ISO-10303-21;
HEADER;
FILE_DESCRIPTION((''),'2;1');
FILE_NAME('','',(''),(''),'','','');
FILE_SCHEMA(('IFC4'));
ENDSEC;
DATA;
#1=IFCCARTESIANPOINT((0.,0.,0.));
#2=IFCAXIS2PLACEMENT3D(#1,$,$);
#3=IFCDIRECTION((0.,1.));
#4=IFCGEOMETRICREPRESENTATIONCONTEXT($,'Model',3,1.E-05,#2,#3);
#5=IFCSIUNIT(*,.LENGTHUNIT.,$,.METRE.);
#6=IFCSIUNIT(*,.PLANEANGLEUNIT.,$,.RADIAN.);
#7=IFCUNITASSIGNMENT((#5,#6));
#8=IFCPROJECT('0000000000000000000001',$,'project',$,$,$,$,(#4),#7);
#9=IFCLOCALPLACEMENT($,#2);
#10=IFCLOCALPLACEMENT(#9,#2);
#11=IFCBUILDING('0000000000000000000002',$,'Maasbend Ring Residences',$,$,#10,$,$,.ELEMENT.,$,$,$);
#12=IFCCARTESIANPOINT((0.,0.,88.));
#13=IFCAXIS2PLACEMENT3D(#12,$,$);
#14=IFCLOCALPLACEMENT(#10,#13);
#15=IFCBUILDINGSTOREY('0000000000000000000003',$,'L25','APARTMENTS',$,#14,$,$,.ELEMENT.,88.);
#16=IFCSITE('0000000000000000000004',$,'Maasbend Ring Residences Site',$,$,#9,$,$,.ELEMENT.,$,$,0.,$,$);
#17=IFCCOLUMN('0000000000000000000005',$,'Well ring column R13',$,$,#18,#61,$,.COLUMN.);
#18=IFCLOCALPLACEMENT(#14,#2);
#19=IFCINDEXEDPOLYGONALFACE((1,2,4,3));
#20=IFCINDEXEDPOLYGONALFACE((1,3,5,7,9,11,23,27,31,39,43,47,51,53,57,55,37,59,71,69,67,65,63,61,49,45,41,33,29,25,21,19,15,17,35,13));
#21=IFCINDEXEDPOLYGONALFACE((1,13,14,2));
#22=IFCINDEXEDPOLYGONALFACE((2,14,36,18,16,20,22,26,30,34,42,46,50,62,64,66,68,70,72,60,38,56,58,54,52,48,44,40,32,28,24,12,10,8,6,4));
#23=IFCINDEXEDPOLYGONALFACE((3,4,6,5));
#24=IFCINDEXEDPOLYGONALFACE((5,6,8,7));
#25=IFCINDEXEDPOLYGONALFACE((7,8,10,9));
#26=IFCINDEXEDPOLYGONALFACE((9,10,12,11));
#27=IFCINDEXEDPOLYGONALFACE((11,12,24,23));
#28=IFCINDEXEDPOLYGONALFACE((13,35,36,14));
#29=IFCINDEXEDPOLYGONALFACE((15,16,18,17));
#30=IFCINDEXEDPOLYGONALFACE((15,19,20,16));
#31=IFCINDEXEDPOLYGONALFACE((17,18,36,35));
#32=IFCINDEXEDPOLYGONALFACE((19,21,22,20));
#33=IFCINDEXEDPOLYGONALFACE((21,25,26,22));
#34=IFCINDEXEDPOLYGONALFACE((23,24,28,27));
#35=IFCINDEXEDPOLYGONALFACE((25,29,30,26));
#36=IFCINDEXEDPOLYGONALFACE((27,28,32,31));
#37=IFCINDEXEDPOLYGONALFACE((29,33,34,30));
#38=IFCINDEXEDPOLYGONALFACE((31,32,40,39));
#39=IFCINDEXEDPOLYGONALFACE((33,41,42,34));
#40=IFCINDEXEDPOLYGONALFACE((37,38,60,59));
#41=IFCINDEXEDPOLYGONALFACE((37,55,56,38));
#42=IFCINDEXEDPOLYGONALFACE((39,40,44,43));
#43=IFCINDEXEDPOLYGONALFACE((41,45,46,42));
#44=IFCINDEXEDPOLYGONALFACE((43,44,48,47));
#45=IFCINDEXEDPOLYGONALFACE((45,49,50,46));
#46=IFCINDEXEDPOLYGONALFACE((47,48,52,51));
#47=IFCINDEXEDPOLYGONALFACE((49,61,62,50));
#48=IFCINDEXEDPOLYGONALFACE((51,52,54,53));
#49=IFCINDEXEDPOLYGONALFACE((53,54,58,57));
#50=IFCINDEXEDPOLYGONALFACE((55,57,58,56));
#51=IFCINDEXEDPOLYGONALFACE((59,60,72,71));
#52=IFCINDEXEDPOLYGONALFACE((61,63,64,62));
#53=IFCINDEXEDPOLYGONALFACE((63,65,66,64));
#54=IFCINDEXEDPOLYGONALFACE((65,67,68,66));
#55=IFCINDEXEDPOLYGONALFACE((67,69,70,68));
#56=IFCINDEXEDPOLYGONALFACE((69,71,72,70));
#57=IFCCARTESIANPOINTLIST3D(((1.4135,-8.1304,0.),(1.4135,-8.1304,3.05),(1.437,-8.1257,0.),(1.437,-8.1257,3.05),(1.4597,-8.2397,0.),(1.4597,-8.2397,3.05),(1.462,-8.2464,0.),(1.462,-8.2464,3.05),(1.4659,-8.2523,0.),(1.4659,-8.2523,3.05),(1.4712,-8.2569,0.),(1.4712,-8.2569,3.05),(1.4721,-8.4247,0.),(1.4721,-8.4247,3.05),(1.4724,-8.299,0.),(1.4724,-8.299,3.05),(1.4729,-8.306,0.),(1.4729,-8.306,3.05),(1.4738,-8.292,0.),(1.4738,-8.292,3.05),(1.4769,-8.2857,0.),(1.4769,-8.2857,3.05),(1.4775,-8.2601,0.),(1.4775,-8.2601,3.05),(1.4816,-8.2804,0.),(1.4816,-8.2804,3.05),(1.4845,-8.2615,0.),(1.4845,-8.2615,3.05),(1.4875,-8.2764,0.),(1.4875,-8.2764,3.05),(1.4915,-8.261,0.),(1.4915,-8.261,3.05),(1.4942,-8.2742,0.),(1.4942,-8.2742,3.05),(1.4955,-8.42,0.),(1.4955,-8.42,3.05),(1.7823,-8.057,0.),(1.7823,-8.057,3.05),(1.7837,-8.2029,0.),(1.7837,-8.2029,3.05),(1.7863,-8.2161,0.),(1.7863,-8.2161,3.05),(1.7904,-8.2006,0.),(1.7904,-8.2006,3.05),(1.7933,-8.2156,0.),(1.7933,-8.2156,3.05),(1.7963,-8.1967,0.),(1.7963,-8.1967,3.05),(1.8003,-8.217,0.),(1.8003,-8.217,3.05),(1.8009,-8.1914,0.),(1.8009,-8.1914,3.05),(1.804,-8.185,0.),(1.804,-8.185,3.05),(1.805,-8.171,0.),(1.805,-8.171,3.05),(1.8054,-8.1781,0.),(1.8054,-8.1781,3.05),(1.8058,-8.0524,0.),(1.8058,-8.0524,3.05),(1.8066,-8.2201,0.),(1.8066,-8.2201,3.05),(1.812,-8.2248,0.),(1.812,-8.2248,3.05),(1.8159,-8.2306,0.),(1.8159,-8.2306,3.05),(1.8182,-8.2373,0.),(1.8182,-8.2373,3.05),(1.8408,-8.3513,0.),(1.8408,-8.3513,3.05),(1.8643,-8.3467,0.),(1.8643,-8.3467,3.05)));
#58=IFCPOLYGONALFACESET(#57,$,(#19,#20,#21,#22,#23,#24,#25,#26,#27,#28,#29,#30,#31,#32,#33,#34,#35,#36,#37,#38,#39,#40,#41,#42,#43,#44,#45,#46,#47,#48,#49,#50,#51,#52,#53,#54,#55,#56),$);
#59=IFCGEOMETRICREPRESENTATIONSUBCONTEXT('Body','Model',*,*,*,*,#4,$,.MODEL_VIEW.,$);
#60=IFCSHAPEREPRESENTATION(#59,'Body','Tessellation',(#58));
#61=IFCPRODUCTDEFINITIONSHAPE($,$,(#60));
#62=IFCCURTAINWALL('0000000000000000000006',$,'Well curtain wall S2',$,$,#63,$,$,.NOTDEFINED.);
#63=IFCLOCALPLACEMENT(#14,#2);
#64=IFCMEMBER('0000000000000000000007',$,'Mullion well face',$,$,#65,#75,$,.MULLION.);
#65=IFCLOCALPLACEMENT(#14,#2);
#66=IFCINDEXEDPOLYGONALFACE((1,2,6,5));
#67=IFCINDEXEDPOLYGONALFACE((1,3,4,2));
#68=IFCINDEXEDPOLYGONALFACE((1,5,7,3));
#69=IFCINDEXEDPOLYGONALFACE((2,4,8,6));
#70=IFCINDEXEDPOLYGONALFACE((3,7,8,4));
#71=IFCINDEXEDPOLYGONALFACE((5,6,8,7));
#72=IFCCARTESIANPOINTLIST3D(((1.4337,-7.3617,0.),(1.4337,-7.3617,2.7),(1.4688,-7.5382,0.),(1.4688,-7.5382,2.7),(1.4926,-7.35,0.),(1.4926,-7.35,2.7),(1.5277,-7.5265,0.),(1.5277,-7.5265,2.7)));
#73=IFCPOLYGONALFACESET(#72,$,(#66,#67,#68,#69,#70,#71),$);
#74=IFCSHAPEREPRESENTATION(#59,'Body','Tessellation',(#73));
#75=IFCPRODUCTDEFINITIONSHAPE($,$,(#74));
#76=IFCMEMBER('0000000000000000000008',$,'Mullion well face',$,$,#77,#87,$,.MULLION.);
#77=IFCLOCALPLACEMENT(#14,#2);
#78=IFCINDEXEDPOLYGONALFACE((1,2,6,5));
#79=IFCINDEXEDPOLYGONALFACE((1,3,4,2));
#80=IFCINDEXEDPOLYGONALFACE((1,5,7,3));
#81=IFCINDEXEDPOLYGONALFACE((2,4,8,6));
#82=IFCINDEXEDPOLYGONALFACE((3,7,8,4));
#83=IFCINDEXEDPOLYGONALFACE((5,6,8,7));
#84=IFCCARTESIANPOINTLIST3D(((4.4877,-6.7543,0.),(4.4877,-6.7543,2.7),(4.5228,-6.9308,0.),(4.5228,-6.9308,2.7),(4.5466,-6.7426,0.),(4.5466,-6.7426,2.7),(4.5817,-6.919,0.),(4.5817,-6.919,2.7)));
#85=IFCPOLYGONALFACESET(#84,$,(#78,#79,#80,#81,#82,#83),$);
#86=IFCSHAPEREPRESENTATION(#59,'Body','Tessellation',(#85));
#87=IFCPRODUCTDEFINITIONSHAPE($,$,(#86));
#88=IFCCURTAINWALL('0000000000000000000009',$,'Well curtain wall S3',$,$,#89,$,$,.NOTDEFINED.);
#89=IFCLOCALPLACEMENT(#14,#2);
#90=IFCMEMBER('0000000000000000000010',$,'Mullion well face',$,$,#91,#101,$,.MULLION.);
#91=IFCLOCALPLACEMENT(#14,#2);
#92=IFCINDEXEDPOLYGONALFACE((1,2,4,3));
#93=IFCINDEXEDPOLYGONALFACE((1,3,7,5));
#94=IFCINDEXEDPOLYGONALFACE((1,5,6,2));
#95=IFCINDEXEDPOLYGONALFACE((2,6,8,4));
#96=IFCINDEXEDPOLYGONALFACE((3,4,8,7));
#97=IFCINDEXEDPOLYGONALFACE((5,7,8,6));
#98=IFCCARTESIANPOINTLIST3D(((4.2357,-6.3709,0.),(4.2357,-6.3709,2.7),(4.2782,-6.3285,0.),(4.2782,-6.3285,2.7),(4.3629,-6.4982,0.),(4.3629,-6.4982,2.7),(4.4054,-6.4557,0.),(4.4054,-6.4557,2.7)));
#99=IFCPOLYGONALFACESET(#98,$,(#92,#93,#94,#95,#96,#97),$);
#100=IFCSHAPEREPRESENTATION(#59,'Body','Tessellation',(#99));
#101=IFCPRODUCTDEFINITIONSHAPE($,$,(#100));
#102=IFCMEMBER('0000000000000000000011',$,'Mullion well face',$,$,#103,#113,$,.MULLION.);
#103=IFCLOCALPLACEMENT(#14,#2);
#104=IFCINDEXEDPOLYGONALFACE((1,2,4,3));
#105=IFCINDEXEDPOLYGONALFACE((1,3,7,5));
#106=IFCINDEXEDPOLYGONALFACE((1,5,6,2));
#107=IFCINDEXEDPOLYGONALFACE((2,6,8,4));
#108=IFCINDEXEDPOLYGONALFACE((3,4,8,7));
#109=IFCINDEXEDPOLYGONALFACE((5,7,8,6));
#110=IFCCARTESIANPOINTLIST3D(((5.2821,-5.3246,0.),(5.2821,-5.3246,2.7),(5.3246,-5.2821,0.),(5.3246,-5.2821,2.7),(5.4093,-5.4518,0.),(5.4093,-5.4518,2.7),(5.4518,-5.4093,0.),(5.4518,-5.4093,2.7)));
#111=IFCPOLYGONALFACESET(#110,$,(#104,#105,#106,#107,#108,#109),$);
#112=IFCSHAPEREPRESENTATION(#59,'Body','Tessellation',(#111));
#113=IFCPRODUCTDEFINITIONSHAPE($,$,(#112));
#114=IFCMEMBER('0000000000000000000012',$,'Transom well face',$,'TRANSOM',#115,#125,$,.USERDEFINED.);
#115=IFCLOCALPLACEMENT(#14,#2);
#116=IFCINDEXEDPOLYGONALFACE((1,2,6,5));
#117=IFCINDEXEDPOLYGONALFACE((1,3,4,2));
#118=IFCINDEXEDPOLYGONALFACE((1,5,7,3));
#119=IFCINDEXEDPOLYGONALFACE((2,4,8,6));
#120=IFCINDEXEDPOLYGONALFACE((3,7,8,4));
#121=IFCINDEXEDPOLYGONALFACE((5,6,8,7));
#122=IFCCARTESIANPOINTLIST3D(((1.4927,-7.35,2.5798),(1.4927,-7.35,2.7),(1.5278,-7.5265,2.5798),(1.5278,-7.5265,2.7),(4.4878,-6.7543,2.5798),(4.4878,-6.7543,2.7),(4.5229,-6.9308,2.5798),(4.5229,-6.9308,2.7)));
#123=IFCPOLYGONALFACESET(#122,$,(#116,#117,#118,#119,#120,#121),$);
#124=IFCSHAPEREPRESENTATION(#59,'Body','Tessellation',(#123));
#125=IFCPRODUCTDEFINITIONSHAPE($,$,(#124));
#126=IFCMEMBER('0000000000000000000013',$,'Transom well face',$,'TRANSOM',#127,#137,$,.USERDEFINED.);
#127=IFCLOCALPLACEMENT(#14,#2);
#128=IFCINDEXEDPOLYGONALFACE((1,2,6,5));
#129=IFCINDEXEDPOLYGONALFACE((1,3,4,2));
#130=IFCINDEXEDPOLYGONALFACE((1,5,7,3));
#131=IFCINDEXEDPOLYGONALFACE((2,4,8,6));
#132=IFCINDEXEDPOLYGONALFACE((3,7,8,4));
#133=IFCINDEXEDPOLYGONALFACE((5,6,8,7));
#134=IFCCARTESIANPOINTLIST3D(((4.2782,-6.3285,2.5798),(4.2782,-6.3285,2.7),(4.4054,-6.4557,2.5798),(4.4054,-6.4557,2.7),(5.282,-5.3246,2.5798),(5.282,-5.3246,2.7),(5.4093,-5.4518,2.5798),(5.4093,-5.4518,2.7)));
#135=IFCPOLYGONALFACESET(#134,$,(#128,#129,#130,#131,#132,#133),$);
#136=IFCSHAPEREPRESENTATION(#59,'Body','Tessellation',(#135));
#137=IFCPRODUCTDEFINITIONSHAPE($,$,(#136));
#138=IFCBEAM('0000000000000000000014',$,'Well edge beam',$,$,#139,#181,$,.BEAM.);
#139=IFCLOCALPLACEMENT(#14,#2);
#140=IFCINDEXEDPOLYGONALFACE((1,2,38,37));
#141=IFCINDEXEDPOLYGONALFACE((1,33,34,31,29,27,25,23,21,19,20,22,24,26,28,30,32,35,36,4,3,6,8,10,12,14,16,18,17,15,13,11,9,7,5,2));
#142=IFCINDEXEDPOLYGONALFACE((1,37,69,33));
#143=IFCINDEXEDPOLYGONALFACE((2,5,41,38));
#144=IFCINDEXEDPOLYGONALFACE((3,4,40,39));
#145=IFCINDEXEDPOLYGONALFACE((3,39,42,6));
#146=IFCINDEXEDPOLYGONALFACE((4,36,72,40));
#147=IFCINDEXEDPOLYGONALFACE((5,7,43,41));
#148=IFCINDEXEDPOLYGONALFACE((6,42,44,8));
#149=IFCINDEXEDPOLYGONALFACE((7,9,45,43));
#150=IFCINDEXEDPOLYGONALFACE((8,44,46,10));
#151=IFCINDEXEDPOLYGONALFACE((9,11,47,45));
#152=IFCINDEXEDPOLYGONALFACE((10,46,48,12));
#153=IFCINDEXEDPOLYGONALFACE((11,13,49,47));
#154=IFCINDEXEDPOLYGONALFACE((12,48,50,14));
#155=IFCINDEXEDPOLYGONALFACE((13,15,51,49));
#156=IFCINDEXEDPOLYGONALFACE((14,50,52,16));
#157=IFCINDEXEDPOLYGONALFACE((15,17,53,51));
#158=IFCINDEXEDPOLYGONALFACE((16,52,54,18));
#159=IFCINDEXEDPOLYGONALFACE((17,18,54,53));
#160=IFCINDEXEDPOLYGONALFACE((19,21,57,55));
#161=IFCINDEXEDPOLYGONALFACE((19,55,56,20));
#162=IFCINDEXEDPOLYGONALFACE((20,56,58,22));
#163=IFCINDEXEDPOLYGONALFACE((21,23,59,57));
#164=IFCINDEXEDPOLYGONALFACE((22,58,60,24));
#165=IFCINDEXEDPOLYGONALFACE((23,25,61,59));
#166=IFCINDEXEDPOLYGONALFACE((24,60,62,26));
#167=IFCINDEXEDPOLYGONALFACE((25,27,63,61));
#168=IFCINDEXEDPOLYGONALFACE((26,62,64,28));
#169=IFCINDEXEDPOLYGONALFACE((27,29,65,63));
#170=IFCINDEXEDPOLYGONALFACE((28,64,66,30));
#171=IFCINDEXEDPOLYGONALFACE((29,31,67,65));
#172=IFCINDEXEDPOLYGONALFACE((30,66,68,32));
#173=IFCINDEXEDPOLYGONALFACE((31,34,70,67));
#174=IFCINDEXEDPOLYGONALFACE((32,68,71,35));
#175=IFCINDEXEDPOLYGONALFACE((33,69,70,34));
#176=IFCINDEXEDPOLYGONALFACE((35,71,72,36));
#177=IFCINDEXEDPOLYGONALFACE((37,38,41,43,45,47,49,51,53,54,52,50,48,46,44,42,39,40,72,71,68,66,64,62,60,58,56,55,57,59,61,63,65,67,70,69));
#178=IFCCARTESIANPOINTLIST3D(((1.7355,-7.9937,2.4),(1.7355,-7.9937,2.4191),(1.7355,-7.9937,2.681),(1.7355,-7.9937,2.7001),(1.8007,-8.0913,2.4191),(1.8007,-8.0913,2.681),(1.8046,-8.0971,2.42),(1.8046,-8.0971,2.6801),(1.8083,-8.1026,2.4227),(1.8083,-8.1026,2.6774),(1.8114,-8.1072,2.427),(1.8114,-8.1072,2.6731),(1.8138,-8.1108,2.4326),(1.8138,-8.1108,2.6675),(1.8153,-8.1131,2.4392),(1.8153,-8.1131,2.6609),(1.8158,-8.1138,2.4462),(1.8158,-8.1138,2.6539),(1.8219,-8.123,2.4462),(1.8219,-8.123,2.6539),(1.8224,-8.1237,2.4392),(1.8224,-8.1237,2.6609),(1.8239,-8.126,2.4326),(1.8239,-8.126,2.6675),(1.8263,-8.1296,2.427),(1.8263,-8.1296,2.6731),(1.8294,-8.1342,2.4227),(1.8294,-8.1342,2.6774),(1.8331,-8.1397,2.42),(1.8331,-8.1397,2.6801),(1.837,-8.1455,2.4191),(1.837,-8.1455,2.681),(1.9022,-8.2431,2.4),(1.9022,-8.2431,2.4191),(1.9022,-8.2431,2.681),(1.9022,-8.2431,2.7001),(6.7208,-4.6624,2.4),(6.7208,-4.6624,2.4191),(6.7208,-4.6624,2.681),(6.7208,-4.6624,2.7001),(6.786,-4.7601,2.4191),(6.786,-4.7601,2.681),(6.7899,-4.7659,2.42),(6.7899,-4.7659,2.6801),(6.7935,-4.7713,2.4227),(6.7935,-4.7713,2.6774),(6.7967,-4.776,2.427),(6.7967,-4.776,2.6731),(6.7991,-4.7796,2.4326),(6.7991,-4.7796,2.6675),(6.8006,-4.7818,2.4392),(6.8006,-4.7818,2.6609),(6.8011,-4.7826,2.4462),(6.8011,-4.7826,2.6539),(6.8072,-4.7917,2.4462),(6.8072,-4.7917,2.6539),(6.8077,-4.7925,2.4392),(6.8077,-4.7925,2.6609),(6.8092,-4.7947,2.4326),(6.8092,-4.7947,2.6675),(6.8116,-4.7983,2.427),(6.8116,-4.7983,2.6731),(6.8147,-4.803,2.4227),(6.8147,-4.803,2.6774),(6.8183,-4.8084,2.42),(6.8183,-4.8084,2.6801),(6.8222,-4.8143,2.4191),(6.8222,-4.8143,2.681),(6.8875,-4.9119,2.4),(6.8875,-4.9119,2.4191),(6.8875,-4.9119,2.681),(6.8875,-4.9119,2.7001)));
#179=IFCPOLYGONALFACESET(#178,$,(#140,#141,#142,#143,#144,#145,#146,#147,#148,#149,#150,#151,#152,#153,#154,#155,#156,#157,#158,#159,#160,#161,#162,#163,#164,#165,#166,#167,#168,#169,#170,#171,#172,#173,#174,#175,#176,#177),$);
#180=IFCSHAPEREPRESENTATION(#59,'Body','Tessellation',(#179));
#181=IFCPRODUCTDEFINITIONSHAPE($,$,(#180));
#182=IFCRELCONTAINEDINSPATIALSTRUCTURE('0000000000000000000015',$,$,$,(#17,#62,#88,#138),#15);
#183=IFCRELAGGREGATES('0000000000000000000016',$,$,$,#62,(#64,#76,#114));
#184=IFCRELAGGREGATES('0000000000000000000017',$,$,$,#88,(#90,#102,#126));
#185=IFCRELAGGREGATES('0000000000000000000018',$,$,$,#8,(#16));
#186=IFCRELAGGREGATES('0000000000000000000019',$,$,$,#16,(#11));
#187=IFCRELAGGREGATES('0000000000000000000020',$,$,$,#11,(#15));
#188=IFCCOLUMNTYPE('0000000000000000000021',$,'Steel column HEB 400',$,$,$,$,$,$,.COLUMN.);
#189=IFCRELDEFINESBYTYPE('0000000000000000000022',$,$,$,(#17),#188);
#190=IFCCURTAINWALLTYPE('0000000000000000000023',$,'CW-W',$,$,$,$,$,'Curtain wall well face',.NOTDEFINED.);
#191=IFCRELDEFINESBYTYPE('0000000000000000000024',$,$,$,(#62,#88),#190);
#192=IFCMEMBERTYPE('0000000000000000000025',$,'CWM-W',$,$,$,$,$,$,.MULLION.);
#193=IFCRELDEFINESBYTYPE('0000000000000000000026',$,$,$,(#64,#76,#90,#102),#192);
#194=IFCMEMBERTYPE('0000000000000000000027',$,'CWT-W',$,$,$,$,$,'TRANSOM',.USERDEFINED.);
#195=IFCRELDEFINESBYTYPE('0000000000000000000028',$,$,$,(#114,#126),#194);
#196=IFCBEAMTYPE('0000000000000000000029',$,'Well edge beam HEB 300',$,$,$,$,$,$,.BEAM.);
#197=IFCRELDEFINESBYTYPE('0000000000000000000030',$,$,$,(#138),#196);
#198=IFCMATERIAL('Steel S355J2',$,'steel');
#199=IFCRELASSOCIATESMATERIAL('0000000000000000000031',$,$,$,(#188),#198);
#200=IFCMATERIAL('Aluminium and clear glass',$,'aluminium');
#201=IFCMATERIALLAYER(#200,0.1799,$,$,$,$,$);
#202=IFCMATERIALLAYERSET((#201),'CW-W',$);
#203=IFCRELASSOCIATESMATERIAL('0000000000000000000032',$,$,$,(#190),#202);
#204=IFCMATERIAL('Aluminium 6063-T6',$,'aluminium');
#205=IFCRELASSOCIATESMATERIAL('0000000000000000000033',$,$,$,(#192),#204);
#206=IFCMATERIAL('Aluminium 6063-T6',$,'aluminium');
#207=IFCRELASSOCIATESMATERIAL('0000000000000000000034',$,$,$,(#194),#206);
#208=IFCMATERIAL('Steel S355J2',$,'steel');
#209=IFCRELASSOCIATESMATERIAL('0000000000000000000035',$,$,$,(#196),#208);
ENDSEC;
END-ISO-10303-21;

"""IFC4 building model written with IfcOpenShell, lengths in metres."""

from ifc_helpers import new_model, si_unit, direction, frame, origin, origin_2d, place, context, subcontext, project, spatial, rectangle, i_section, extrude, material, layer, layer_set, material_profile, profile_set, type_object, element, aggregate, save


model = new_model("IFC4")

# Units and contexts
model_context = context("Model", 3, precision=1e-05, world=origin(), true_north=direction((0.0, 1.0)))
body_context = subcontext(model_context, "Body", "Model", "MODEL_VIEW")
ifc_project = project(units=[si_unit("LENGTHUNIT", "METRE"), si_unit("PLANEANGLEUNIT", "RADIAN")], contexts=[model_context])

# Site, building, storey
site_placement = place(None, origin())
site = spatial("IfcSite", under=ifc_project, at=site_placement, Name="Maasbend Ring Residences Site", CompositionType="ELEMENT", RefElevation=0.0)
building_placement = place(site_placement, origin())
building = spatial("IfcBuilding", under=site, at=building_placement, Name="Maasbend Ring Residences", CompositionType="ELEMENT")
storey_placement = place(building_placement, frame((0.0, 0.0, 88.0)))
storey = spatial("IfcBuildingStorey", under=building, at=storey_placement, Name="L25", Description="APARTMENTS", CompositionType="ELEMENT", Elevation=88.0)

# Column
ifc_material_1 = material(Name="Steel S355J2", Category="steel")
ifc_material_profile_1 = material_profile(ifc_material_1, i_section(OverallWidth=0.3, OverallDepth=0.3999, WebThickness=0.0134, FlangeThickness=0.0239, FilletRadius=0.0271, at=origin_2d()), Name="HEB 400")
ifc_profile_set_1 = profile_set([ifc_material_profile_1], Name="Steel S355J2")
column_type = type_object("IfcColumnType", Name="Steel column HEB 400", PredefinedType="COLUMN", material=ifc_profile_set_1)
column_placement = place(storey_placement, frame((1.6389, -8.2385, 0.0), z_axis=(0.0, 0.0, 1.0), x_axis=(0.19509, -0.980785, 0.0)))
element("IfcColumn", 1, at=column_placement, inside=storey, type_object=column_type, Name="Well ring column R13", PredefinedType="COLUMN", context=body_context, shape_type="SweptSolid", body=[
    extrude(i_section(OverallWidth=0.3, OverallDepth=0.3999, WebThickness=0.0134, FlangeThickness=0.0239, FilletRadius=0.0271, at=origin_2d()), origin(), (0.0, 0.0, 1.0), 3.05),
])

# Curtain walls, members
ifc_material_2 = material(Name="Aluminium and clear glass", Category="aluminium")
ifc_layer_1 = layer(ifc_material_2, 0.1799)
ifc_layer_set_1 = layer_set([ifc_layer_1], Name="CW-W")
curtain_wall_type = type_object("IfcCurtainWallType", Name="CW-W", ElementType="Curtain wall well face", PredefinedType="NOTDEFINED", material=ifc_layer_set_1)
curtain_wall_1_placement = place(storey_placement, origin())
curtain_wall_1 = element("IfcCurtainWall", 2, at=curtain_wall_1_placement, inside=storey, type_object=curtain_wall_type, Name="Well curtain wall S2", PredefinedType="NOTDEFINED")
ifc_material_3 = material(Name="Aluminium 6063-T6", Category="aluminium")
ifc_material_profile_2 = material_profile(ifc_material_3, rectangle(XDim=0.1799, YDim=0.0601, at=origin_2d()), Name="AL 180x60")
ifc_profile_set_2 = profile_set([ifc_material_profile_2], Name="Aluminium 6063-T6")
member_type_1 = type_object("IfcMemberType", Name="CWM-W", PredefinedType="MULLION", material=ifc_profile_set_2)
member_1_placement = place(storey_placement, frame((1.4807, -7.4441, 0.0), z_axis=(0.0, 0.0, 1.0), x_axis=(-0.19509, 0.980785, 0.0)))
member_1 = element("IfcMember", 3, at=member_1_placement, type_object=member_type_1, Name="Mullion well face", PredefinedType="MULLION", context=body_context, shape_type="SweptSolid", body=[
    extrude(rectangle(XDim=0.1799, YDim=0.0601, at=origin_2d()), origin(), (0.0, 0.0, 1.0), 2.7),
])
member_2_placement = place(storey_placement, frame((4.5347, -6.8367, 0.0), z_axis=(0.0, 0.0, 1.0), x_axis=(-0.19509, 0.980785, 0.0)))
member_2 = element("IfcMember", 4, at=member_2_placement, type_object=member_type_1, Name="Mullion well face", PredefinedType="MULLION", context=body_context, shape_type="SweptSolid", body=[
    extrude(rectangle(XDim=0.1799, YDim=0.0601, at=origin_2d()), origin(), (0.0, 0.0, 1.0), 2.7),
])
curtain_wall_2_placement = place(storey_placement, origin())
curtain_wall_2 = element("IfcCurtainWall", 5, at=curtain_wall_2_placement, inside=storey, type_object=curtain_wall_type, Name="Well curtain wall S3", PredefinedType="NOTDEFINED")
member_3_placement = place(storey_placement, frame((4.3206, -6.4133, 0.0), z_axis=(0.0, 0.0, 1.0), x_axis=(-0.707107, 0.707107, 0.0)))
member_3 = element("IfcMember", 6, at=member_3_placement, type_object=member_type_1, Name="Mullion well face", PredefinedType="MULLION", context=body_context, shape_type="SweptSolid", body=[
    extrude(rectangle(XDim=0.1799, YDim=0.0601, at=origin_2d()), origin(), (0.0, 0.0, 1.0), 2.7),
])
member_4_placement = place(storey_placement, frame((5.3669, -5.3669, 0.0), z_axis=(0.0, 0.0, 1.0), x_axis=(-0.707107, 0.707107, 0.0)))
member_4 = element("IfcMember", 7, at=member_4_placement, type_object=member_type_1, Name="Mullion well face", PredefinedType="MULLION", context=body_context, shape_type="SweptSolid", body=[
    extrude(rectangle(XDim=0.1799, YDim=0.0601, at=origin_2d()), origin(), (0.0, 0.0, 1.0), 2.7),
])

# Members
ifc_material_4 = material(Name="Aluminium 6063-T6", Category="aluminium")
ifc_material_profile_3 = material_profile(ifc_material_4, rectangle(XDim=0.1799, YDim=0.1201, at=origin_2d()), Name="AL 180x120")
ifc_profile_set_3 = profile_set([ifc_material_profile_3], Name="Aluminium 6063-T6")
member_type_2 = type_object("IfcMemberType", Name="CWT-W", ElementType="TRANSOM", PredefinedType="USERDEFINED", material=ifc_profile_set_3)
member_5_placement = place(storey_placement, frame((1.5103, -7.4382, 2.6399), z_axis=(0.980789, 0.195071, 0.0), x_axis=(-0.195071, 0.980789, 0.0)))
member_5 = element("IfcMember", 8, at=member_5_placement, type_object=member_type_2, Name="Transom well face", ObjectType="TRANSOM", PredefinedType="USERDEFINED", context=body_context, shape_type="SweptSolid", body=[
    extrude(rectangle(XDim=0.1799, YDim=0.1201, at=origin_2d()), origin(), (0.0, 0.0, 1.0), 3.0537),
])
member_6_placement = place(storey_placement, frame((4.3418, -6.3921, 2.6399), z_axis=(0.707107, 0.707107, 0.0), x_axis=(-0.707107, 0.707107, 0.0)))
member_6 = element("IfcMember", 9, at=member_6_placement, type_object=member_type_2, Name="Transom well face", ObjectType="TRANSOM", PredefinedType="USERDEFINED", context=body_context, shape_type="SweptSolid", body=[
    extrude(rectangle(XDim=0.1799, YDim=0.1201, at=origin_2d()), origin(), (0.0, 0.0, 1.0), 1.4197),
])

# Beam
ifc_material_5 = material(Name="Steel S355J2", Category="steel")
ifc_material_profile_4 = material_profile(ifc_material_5, i_section(OverallWidth=0.3, OverallDepth=0.3, WebThickness=0.011, FlangeThickness=0.019, FilletRadius=0.0271, at=origin_2d()), Name="HEB 300")
ifc_profile_set_4 = profile_set([ifc_material_profile_4], Name="Steel S355J2")
beam_type = type_object("IfcBeamType", Name="Well edge beam HEB 300", PredefinedType="BEAM", material=ifc_profile_set_4)
beam_placement = place(storey_placement, frame((1.8188, -8.1184, 2.55), z_axis=(0.831455, 0.555593, 0.0), x_axis=(-0.555593, 0.831455, 0.0)))
element("IfcBeam", 10, at=beam_placement, inside=storey, type_object=beam_type, Name="Well edge beam", PredefinedType="BEAM", context=body_context, shape_type="SweptSolid", body=[
    extrude(i_section(OverallWidth=0.3, OverallDepth=0.3, WebThickness=0.011, FlangeThickness=0.019, FilletRadius=0.0271, at=origin_2d()), origin(), (0.0, 0.0, 1.0), 5.9958),
])

aggregate(curtain_wall_1, [member_1, member_2, member_5])
aggregate(curtain_wall_2, [member_3, member_4, member_6])

save(model, "model.ifc")
